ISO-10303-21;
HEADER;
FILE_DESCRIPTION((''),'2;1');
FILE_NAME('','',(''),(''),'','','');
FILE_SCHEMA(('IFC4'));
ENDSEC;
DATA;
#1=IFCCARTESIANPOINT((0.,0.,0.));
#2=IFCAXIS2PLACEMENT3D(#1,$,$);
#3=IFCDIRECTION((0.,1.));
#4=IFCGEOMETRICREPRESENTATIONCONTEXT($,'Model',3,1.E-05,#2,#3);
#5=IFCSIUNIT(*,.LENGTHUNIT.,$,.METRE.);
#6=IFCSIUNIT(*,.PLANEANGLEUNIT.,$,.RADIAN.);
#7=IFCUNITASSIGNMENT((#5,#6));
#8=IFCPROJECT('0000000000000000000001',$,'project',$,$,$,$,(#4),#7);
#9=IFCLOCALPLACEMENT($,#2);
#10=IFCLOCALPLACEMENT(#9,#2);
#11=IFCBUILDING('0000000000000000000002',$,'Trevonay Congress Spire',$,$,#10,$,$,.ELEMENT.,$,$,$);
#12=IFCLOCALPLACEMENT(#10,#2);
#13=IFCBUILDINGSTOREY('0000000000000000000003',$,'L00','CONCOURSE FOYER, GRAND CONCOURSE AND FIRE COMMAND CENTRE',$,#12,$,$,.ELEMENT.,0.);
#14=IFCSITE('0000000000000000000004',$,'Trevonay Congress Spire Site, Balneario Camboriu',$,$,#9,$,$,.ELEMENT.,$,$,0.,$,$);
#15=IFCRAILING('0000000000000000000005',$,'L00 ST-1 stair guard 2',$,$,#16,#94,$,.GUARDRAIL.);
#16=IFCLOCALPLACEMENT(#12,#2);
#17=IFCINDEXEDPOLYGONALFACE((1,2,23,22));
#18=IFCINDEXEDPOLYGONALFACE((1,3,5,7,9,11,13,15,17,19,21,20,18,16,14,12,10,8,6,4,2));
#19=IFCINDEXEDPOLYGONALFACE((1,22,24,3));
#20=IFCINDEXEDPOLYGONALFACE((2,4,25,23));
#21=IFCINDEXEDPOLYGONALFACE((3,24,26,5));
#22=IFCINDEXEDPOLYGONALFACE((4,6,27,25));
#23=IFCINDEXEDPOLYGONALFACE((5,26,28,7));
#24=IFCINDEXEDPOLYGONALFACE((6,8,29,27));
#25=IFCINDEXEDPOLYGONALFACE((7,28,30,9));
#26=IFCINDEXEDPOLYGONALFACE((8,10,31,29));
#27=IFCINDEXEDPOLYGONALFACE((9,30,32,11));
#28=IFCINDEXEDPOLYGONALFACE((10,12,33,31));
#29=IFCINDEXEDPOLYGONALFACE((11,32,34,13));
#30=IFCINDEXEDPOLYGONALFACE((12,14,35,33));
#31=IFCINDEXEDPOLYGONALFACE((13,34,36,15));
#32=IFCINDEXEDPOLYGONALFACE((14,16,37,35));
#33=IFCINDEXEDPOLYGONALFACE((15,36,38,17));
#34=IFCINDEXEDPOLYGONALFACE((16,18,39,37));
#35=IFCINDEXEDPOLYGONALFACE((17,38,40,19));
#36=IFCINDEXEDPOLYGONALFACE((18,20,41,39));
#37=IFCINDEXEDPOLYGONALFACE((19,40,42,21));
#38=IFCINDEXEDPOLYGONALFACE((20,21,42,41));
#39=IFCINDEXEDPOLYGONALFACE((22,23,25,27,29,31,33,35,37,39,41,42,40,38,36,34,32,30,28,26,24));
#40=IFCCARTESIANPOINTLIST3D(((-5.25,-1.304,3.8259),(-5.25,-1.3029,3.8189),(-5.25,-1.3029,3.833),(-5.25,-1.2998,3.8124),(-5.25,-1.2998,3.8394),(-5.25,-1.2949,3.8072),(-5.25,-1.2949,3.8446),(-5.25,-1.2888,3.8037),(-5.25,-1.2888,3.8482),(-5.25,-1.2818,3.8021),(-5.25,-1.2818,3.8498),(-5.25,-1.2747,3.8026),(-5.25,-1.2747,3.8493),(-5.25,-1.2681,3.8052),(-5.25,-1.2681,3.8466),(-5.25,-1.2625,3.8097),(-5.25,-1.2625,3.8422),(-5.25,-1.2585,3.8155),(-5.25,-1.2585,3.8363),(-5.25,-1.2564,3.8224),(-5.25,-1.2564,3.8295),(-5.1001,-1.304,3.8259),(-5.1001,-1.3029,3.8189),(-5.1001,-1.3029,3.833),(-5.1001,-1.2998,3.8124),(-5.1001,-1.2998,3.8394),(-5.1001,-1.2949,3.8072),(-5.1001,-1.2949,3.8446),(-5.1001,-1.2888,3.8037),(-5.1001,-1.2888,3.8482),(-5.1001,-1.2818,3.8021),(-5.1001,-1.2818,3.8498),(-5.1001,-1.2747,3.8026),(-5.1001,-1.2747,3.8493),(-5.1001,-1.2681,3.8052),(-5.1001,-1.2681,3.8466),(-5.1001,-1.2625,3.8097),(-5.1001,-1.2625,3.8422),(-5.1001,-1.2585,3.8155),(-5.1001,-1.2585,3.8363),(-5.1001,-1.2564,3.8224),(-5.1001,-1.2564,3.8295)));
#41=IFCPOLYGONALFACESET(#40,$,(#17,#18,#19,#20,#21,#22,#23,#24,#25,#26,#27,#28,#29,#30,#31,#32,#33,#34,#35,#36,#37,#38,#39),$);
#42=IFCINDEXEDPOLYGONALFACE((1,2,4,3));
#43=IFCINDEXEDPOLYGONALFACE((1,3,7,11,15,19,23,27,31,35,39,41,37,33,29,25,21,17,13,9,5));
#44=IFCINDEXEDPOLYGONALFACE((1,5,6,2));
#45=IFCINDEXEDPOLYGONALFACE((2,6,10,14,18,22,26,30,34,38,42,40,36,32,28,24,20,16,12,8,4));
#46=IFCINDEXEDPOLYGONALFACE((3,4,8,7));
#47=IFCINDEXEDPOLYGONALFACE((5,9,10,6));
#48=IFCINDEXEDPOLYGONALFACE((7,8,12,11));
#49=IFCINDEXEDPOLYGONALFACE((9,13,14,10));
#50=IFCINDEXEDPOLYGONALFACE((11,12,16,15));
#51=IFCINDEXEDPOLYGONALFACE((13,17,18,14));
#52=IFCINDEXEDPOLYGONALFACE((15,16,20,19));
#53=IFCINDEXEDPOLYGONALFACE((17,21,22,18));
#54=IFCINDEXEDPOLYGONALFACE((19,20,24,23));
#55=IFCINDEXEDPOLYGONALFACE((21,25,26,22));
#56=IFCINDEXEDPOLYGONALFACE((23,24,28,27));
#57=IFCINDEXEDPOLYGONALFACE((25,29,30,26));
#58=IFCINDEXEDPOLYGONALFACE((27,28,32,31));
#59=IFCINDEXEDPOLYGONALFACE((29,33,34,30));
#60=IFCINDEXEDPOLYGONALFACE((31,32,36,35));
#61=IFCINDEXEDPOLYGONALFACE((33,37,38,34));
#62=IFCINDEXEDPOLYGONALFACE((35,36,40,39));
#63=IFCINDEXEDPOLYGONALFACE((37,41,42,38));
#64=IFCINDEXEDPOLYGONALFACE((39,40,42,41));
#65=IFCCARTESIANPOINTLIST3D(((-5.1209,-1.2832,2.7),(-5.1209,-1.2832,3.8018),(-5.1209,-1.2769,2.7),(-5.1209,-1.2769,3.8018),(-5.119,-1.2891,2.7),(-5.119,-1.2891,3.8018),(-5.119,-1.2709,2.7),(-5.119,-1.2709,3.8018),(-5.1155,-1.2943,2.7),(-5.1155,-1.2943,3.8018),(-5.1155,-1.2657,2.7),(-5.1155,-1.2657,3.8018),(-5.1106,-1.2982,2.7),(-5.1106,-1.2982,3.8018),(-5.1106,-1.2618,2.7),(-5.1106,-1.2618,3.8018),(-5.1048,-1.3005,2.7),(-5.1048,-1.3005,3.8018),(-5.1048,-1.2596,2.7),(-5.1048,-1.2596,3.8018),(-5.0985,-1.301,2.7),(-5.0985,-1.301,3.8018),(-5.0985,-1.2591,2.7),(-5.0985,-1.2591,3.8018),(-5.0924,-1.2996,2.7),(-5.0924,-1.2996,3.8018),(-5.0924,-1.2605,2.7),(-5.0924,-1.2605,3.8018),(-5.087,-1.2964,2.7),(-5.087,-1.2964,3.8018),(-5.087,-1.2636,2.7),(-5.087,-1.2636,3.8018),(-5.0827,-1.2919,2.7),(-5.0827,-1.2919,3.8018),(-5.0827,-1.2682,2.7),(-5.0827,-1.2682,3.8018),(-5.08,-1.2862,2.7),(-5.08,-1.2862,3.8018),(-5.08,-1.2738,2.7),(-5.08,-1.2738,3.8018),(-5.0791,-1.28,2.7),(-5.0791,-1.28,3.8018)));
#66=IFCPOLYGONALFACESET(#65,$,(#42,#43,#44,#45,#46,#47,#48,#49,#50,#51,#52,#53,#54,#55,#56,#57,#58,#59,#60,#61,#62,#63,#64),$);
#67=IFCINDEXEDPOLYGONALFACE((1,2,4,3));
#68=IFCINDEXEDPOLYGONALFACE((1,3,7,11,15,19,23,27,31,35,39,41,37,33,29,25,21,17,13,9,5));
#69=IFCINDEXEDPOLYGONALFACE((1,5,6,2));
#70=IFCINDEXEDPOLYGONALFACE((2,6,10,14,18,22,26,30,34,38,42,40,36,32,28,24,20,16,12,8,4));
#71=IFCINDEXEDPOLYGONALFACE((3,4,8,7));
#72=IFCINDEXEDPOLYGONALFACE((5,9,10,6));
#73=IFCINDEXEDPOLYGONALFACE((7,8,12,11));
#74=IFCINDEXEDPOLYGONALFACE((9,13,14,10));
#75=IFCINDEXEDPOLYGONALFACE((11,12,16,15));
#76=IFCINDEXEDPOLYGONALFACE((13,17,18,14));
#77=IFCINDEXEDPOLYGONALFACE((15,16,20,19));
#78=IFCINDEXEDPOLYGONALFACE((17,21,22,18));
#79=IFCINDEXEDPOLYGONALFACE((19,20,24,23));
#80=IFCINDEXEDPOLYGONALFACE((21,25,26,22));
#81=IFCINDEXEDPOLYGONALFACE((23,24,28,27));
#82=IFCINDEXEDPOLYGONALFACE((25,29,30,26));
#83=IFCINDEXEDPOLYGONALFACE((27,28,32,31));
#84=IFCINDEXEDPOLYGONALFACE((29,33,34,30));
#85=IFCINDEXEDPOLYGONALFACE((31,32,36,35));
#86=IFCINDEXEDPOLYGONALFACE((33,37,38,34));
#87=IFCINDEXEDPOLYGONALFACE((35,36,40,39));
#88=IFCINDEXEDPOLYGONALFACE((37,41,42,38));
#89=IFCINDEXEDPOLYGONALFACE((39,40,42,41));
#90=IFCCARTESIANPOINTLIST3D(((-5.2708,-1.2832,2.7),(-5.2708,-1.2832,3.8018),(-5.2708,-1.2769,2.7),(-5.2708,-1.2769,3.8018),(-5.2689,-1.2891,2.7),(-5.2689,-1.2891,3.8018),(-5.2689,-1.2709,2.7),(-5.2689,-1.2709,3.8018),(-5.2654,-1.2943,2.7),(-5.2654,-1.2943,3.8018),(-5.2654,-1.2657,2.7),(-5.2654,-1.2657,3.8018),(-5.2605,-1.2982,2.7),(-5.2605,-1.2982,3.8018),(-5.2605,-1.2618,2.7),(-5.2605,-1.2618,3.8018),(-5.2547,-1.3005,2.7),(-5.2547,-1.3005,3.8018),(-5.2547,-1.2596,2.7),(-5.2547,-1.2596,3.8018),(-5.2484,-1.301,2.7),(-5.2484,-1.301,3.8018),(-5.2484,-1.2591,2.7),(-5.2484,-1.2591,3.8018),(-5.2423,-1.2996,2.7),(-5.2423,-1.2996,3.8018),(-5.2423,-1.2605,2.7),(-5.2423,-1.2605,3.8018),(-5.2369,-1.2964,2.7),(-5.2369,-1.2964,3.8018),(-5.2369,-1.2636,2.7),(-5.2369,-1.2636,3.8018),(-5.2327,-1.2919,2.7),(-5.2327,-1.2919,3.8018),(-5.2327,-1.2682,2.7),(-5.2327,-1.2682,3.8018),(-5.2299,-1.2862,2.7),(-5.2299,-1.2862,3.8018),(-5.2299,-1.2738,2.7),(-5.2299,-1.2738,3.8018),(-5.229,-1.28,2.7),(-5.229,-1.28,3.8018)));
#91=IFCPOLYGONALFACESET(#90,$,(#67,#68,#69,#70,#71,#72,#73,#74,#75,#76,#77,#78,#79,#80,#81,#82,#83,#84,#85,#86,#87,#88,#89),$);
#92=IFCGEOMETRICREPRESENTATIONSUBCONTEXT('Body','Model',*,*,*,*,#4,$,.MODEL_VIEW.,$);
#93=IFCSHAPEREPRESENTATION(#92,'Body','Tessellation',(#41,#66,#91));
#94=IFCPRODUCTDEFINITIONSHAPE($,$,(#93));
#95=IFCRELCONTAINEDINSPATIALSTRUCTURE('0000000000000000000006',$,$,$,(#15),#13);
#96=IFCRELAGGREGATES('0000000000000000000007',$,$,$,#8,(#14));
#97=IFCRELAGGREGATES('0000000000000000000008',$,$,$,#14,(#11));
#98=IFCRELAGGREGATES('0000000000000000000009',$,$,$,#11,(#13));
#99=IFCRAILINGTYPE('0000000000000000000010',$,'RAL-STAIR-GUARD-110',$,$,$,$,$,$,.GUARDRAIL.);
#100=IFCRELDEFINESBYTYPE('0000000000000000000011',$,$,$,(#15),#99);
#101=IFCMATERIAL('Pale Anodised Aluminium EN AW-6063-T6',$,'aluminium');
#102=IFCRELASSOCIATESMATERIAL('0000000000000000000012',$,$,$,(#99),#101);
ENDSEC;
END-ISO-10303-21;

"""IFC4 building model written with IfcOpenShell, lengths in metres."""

from ifc_helpers import new_model, si_unit, direction, frame, origin, origin_2d, place, context, subcontext, project, spatial, circle, extrude, material, type_object, element, save


model = new_model("IFC4")

# Units and contexts
model_context = context("Model", 3, precision=1e-05, world=origin(), true_north=direction((0.0, 1.0)))
body_context = subcontext(model_context, "Body", "Model", "MODEL_VIEW")
ifc_project = project(units=[si_unit("LENGTHUNIT", "METRE"), si_unit("PLANEANGLEUNIT", "RADIAN")], contexts=[model_context])

# Site, building, storey
site_placement = place(None, origin())
site = spatial("IfcSite", under=ifc_project, at=site_placement, Name="Trevonay Congress Spire Site, Balneario Camboriu", CompositionType="ELEMENT", RefElevation=0.0)
building_placement = place(site_placement, origin())
building = spatial("IfcBuilding", under=site, at=building_placement, Name="Trevonay Congress Spire", CompositionType="ELEMENT")
storey_placement = place(building_placement, origin())
storey = spatial("IfcBuildingStorey", under=building, at=storey_placement, Name="L00", Description="CONCOURSE FOYER, GRAND CONCOURSE AND FIRE COMMAND CENTRE", CompositionType="ELEMENT", Elevation=0.0)

# Railing
ifc_material_1 = material(Name="Pale Anodised Aluminium EN AW-6063-T6", Category="aluminium")
railing_type_1 = type_object("IfcRailingType", Name="RAL-STAIR-GUARD-110", PredefinedType="GUARDRAIL", material=ifc_material_1)
railing_1_placement = place(storey_placement, frame((-5.1001, -1.28, 2.7)))
element("IfcRailing", 1, at=railing_1_placement, inside=storey, type_object=railing_type_1, Name="L00 ST-1 stair guard 2", PredefinedType="GUARDRAIL", context=body_context, shape_type="SweptSolid", body=[
    extrude(circle(Radius=0.0239, at=origin_2d()), frame((0.0, 0.0, 1.126), z_axis=(-1.0, 0.0, 0.0), x_axis=(0.0, -1.0, 0.0)), (0.0, 0.0, 1.0), 0.1499),
    extrude(circle(Radius=0.021, at=origin_2d()), origin(), (0.0, 0.0, 1.0), 1.1018),
    extrude(circle(Radius=0.021, at=origin_2d()), frame((-0.1499, 0.0, 0.0)), (0.0, 0.0, 1.0), 1.1018),
])

save(model, "model.ifc")
